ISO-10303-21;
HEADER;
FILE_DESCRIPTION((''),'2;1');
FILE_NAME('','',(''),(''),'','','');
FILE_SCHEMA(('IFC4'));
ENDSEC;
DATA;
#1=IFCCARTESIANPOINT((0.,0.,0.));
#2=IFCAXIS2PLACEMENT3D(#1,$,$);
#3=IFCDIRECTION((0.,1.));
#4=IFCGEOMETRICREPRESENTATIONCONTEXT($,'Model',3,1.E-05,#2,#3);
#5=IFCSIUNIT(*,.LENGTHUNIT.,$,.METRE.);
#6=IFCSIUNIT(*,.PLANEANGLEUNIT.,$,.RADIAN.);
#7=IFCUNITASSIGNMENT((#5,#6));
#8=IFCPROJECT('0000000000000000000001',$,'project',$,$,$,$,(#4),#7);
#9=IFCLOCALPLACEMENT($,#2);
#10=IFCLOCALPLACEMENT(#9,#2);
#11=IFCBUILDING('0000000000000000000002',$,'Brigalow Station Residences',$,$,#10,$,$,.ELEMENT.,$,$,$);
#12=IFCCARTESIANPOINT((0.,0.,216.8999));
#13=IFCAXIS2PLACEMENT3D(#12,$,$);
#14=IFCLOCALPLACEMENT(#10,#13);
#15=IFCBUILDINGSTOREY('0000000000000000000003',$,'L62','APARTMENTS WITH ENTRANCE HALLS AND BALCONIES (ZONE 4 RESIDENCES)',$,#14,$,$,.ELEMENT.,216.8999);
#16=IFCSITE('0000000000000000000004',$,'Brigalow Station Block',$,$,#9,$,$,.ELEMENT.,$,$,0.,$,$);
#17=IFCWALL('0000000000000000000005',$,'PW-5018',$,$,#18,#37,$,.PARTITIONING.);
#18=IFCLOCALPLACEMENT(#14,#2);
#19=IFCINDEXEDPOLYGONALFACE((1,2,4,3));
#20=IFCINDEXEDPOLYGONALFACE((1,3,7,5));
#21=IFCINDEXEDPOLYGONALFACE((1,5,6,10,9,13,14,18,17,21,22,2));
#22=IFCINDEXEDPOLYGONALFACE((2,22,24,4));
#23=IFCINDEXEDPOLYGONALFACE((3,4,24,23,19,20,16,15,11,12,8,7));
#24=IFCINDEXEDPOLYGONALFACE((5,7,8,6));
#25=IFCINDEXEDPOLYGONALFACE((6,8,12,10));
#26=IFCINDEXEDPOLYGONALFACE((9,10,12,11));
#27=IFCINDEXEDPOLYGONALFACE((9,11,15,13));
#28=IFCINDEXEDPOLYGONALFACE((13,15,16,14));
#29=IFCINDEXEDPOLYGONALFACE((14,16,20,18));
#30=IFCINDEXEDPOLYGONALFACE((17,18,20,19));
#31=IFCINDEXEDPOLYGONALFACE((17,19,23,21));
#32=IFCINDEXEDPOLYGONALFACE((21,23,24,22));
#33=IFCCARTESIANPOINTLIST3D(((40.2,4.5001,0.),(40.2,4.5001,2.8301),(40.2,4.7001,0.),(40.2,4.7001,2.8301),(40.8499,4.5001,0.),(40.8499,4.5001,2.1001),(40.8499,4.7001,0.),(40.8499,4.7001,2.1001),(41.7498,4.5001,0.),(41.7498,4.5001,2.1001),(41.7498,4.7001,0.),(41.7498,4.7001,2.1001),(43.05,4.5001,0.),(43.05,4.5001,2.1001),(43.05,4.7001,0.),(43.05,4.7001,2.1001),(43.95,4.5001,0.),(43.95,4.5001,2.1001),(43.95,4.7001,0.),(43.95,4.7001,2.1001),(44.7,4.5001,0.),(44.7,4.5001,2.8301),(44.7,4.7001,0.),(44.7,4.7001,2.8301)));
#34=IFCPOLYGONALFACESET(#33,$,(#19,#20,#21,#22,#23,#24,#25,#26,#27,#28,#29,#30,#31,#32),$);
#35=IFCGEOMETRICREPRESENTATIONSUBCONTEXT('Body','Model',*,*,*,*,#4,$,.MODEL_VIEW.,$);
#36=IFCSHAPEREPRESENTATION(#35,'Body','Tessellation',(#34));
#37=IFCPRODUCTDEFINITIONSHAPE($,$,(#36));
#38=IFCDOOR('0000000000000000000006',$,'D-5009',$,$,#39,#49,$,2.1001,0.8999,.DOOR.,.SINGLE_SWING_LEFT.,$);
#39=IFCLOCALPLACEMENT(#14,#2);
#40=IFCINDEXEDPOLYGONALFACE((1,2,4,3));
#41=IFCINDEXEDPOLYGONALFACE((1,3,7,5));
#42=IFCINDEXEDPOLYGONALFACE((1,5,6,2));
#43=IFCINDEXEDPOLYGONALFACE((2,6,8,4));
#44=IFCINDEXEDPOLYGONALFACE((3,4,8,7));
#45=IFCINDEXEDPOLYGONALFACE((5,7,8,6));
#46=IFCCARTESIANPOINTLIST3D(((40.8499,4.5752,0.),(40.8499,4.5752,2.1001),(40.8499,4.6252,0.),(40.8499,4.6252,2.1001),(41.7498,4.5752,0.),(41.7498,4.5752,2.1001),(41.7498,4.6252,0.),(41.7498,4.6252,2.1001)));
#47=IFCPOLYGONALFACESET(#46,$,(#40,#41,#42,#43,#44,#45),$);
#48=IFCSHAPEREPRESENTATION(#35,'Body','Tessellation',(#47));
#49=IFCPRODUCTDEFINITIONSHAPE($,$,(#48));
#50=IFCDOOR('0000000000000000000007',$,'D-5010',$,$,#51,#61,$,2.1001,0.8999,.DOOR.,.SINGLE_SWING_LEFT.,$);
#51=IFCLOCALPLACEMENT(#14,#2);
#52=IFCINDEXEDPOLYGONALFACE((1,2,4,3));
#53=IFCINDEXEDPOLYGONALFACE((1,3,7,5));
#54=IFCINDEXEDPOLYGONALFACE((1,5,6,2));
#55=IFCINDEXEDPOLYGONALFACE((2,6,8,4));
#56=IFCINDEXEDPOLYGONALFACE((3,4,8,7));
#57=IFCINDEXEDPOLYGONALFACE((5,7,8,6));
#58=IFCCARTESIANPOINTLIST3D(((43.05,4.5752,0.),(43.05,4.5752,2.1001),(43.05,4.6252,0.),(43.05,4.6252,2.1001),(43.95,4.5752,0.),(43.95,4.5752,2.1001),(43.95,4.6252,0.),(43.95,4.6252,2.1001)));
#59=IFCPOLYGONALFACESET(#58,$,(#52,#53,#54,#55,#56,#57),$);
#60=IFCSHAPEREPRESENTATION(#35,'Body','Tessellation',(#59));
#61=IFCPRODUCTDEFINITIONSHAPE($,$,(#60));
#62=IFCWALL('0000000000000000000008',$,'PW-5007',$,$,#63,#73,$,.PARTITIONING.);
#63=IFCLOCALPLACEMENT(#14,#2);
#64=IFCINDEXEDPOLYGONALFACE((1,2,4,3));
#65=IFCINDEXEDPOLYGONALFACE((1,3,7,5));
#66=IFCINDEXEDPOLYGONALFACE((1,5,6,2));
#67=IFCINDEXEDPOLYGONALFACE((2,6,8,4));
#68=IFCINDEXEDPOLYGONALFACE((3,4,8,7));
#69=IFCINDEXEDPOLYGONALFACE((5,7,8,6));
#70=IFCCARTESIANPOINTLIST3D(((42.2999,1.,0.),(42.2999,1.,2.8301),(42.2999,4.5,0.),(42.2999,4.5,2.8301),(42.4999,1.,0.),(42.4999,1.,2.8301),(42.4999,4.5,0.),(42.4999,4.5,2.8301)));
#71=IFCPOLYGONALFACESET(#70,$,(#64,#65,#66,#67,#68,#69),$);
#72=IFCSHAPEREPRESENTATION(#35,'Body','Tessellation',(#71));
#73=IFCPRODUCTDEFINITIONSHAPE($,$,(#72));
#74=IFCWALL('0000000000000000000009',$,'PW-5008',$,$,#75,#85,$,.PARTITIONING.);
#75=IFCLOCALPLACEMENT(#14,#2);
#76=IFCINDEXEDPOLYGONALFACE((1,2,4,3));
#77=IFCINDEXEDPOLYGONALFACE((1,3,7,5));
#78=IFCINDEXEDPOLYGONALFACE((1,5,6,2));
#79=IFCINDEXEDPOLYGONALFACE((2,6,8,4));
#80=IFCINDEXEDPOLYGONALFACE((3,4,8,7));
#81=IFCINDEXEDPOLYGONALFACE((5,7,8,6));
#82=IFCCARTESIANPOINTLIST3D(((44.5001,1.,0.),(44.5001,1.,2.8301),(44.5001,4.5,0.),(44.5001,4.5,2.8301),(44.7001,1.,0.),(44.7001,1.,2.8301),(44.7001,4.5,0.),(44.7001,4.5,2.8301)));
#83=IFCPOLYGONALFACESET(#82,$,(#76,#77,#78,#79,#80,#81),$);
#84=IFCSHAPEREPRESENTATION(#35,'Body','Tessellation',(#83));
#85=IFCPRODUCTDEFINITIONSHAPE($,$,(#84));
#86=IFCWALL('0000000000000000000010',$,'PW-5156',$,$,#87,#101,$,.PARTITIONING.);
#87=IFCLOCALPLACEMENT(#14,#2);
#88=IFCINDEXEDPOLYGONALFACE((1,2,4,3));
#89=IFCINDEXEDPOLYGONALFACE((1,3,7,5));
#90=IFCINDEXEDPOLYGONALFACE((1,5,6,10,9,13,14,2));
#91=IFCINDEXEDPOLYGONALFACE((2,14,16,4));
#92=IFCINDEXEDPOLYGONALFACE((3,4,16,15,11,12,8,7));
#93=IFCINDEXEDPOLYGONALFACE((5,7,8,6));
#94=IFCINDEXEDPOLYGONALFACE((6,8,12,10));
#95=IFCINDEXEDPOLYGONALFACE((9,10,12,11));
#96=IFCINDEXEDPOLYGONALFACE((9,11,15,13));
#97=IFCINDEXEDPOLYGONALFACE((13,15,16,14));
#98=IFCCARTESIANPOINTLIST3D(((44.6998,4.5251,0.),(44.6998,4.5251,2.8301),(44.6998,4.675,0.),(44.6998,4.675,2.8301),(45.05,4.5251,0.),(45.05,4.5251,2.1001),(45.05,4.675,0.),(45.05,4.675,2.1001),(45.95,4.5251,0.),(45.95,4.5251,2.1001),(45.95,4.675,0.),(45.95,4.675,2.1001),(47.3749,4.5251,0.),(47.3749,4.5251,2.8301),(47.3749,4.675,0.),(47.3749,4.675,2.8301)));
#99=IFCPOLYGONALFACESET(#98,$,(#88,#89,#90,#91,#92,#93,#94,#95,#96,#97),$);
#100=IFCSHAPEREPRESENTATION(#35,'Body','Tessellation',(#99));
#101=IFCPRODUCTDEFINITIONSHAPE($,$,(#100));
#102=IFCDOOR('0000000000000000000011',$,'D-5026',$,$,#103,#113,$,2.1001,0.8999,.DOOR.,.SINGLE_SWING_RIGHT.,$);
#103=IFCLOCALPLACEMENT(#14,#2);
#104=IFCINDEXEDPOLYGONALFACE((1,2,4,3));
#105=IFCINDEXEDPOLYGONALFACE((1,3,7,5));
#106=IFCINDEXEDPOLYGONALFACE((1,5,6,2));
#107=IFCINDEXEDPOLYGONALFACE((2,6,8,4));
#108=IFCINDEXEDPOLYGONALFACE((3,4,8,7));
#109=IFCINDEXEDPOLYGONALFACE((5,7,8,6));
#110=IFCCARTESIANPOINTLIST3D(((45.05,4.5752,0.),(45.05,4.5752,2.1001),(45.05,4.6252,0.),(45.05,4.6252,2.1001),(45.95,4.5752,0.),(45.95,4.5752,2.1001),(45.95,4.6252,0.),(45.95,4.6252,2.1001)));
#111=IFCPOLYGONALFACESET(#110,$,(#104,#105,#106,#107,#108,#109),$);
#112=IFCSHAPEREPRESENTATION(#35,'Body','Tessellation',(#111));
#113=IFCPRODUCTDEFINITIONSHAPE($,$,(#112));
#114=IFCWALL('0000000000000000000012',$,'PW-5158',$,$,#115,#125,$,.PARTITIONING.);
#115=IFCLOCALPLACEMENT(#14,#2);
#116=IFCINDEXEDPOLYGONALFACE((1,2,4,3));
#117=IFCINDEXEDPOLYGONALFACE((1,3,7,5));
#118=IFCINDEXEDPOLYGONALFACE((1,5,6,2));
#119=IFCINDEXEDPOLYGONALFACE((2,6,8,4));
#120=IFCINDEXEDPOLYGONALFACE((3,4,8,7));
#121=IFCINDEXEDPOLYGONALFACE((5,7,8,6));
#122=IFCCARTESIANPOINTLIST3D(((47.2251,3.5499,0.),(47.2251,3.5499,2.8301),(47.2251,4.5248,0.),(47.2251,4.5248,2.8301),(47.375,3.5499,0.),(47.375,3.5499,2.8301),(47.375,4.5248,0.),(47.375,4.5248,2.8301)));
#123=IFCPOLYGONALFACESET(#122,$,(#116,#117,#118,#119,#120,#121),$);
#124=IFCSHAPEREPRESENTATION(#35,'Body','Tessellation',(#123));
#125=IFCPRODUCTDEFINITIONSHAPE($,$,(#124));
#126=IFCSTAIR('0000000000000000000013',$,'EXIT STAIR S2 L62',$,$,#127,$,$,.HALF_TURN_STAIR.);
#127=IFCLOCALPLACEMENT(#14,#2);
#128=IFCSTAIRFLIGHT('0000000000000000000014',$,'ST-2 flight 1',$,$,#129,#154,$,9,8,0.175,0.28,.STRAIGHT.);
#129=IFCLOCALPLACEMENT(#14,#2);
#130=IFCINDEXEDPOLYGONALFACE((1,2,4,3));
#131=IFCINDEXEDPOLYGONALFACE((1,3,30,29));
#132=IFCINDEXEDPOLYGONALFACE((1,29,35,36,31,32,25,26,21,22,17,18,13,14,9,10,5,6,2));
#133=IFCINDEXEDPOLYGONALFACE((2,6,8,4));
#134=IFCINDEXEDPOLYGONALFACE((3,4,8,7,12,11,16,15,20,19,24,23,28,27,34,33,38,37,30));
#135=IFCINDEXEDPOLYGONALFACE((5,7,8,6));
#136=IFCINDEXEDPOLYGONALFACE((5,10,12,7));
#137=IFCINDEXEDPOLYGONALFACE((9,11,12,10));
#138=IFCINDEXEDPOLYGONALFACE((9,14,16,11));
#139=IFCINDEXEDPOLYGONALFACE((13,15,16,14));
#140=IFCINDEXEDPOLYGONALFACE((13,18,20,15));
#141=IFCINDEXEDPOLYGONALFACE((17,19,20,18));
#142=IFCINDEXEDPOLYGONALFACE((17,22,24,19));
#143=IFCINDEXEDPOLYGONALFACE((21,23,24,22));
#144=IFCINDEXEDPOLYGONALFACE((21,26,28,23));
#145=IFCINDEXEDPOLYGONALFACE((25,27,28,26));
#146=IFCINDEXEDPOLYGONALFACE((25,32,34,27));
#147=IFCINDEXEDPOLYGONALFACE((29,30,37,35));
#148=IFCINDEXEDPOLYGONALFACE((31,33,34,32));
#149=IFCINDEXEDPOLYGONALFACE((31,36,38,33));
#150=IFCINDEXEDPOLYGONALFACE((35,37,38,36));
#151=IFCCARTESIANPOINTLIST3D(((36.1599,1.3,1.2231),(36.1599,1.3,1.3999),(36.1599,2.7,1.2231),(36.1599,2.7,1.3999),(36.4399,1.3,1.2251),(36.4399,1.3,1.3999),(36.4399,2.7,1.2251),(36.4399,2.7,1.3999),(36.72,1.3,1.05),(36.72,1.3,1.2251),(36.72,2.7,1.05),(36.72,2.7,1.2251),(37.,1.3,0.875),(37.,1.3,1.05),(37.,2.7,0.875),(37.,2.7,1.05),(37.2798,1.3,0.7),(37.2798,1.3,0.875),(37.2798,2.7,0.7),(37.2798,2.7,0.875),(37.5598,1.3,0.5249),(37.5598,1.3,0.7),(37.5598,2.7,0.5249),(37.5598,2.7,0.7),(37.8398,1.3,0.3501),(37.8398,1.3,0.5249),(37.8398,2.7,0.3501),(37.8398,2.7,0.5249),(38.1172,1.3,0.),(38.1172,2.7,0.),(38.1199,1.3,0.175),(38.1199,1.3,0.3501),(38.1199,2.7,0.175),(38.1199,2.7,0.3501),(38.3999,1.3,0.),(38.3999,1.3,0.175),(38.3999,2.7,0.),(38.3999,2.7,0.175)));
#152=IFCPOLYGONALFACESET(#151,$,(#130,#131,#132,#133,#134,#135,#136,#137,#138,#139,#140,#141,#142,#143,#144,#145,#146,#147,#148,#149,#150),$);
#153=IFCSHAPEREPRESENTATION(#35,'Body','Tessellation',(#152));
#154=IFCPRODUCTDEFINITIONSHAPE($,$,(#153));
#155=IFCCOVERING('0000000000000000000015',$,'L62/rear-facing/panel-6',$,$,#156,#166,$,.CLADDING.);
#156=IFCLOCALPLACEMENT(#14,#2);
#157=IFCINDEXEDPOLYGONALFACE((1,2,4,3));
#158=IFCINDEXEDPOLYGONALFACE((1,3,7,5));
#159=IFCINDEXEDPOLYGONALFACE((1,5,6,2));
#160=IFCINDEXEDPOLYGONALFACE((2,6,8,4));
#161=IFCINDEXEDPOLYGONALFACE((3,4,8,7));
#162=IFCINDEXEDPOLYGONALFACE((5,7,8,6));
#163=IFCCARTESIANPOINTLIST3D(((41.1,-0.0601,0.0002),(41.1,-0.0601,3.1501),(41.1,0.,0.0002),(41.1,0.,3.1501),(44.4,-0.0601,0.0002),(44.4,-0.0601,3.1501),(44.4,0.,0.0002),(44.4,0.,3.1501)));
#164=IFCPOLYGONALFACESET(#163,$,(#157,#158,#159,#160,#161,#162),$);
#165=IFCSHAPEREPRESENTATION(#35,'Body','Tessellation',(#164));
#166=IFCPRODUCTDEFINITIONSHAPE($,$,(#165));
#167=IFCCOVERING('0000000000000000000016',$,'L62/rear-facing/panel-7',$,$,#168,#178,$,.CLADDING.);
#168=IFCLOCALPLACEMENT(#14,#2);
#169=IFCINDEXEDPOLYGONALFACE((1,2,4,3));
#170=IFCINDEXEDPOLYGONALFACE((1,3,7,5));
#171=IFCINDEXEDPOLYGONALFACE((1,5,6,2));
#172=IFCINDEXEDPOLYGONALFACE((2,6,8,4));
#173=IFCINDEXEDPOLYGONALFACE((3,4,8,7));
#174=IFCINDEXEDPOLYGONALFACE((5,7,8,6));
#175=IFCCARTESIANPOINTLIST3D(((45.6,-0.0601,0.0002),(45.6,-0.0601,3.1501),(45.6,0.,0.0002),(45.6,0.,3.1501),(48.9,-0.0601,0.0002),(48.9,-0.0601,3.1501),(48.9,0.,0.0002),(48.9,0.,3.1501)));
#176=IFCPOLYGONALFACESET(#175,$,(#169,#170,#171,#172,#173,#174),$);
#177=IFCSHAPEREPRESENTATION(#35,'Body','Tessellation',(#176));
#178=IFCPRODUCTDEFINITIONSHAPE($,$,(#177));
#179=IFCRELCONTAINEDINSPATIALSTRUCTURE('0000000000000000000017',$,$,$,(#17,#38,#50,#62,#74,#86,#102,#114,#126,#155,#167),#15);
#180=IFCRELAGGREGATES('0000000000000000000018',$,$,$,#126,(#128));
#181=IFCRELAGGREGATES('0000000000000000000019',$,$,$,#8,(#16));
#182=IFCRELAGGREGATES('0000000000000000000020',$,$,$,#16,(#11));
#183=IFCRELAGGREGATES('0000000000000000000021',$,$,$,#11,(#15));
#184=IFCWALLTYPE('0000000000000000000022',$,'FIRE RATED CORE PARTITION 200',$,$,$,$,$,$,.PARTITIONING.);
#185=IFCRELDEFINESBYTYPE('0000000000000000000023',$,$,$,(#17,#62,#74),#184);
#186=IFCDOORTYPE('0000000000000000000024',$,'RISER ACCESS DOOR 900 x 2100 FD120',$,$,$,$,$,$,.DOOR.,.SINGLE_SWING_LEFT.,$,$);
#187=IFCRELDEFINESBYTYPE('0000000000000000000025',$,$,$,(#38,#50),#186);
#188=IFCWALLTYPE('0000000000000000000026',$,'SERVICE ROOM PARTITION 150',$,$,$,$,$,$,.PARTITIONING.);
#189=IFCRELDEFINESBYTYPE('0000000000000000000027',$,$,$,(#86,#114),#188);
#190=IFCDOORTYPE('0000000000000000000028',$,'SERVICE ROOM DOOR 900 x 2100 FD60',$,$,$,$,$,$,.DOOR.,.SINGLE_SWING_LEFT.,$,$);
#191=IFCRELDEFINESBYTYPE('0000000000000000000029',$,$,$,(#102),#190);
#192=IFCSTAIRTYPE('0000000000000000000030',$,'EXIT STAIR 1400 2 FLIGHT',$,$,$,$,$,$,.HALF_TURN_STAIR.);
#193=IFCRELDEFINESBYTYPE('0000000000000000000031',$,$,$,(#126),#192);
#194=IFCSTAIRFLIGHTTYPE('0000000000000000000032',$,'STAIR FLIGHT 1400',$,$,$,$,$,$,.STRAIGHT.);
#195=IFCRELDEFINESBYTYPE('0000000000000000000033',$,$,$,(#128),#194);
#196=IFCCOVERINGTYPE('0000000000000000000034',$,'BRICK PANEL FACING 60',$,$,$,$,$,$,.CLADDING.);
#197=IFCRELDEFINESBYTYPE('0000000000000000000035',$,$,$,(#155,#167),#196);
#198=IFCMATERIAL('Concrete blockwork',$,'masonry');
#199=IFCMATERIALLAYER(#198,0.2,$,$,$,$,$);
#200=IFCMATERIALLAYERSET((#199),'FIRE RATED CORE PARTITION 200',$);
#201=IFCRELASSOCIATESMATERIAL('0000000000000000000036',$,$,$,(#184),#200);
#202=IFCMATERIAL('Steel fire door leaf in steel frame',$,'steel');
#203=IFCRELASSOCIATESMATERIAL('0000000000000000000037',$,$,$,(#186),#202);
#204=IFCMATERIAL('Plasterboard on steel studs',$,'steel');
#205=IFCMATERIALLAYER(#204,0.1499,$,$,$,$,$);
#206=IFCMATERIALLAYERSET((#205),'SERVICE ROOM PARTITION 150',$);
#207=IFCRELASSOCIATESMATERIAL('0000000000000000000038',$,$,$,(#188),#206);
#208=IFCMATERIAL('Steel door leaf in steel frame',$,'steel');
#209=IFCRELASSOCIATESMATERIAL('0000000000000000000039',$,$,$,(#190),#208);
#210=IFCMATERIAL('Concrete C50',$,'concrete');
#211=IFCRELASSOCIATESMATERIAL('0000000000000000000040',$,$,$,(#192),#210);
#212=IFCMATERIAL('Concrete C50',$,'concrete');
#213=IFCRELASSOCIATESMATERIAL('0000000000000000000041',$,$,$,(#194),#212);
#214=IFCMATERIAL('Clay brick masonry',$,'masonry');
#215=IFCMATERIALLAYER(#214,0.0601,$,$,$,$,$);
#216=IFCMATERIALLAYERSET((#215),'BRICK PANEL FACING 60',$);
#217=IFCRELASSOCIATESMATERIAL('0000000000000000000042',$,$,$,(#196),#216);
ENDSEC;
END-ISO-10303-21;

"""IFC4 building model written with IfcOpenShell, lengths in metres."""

from ifc_helpers import new_model, si_unit, direction, frame, frame_2d, origin, origin_2d, place, context, subcontext, project, spatial, polyline, rectangle, outline, extrude, material, layer, layer_set, type_object, element, fill, aggregate, save


model = new_model("IFC4")

# Units and contexts
model_context = context("Model", 3, precision=1e-05, world=origin(), true_north=direction((0.0, 1.0)))
body_context = subcontext(model_context, "Body", "Model", "MODEL_VIEW")
ifc_project = project(units=[si_unit("LENGTHUNIT", "METRE"), si_unit("PLANEANGLEUNIT", "RADIAN")], contexts=[model_context])

# Site, building, storey
site_placement = place(None, origin())
site = spatial("IfcSite", under=ifc_project, at=site_placement, Name="Brigalow Station Block", CompositionType="ELEMENT", RefElevation=0.0)
building_placement = place(site_placement, origin())
building = spatial("IfcBuilding", under=site, at=building_placement, Name="Brigalow Station Residences", CompositionType="ELEMENT")
storey_placement = place(building_placement, frame((0.0, 0.0, 216.8999)))
storey = spatial("IfcBuildingStorey", under=building, at=storey_placement, Name="L62", Description="APARTMENTS WITH ENTRANCE HALLS AND BALCONIES (ZONE 4 RESIDENCES)", CompositionType="ELEMENT", Elevation=216.8999)

# Wall, openings, doors
ifc_material_1 = material(Name="Concrete blockwork", Category="masonry")
ifc_layer_1 = layer(ifc_material_1, 0.2)
ifc_layer_set_1 = layer_set([ifc_layer_1], Name="FIRE RATED CORE PARTITION 200")
wall_type_1 = type_object("IfcWallType", Name="FIRE RATED CORE PARTITION 200", PredefinedType="PARTITIONING", material=ifc_layer_set_1)
wall_1_placement = place(storey_placement, frame((40.2, 4.6001, 0.0), z_axis=(0.0, 0.0, 1.0), x_axis=(1.0, 0.0, 0.0)))
wall_1 = element("IfcWall", 1, at=wall_1_placement, inside=storey, type_object=wall_type_1, Name="PW-5018", PredefinedType="PARTITIONING", context=body_context, shape_type="SweptSolid", body=[
    extrude(rectangle(XDim=4.5, YDim=0.2, at=frame_2d((2.25, 0.0))), origin(), (0.0, 0.0, 1.0), 2.8301),
])
opening_1_placement = place(wall_1_placement, frame((0.6499, 0.0, 0.0)))
opening_1 = element("IfcOpeningElement", 2, at=opening_1_placement, cuts=wall_1, PredefinedType="OPENING", context=body_context, shape_type="SweptSolid", body=[
    extrude(rectangle(XDim=0.8999, YDim=2.1001, at=frame_2d((0.45, 1.05))), frame((0.0, 0.1099, 0.0), z_axis=(0.0, -1.0, 0.0), x_axis=(1.0, 0.0, 0.0)), (0.0, 0.0, 1.0), 0.22),
])
opening_2_placement = place(wall_1_placement, frame((2.8501, 0.0, 0.0)))
opening_2 = element("IfcOpeningElement", 3, at=opening_2_placement, cuts=wall_1, PredefinedType="OPENING", context=body_context, shape_type="SweptSolid", body=[
    extrude(rectangle(XDim=0.8999, YDim=2.1001, at=frame_2d((0.45, 1.05))), frame((0.0, 0.1099, 0.0), z_axis=(0.0, -1.0, 0.0), x_axis=(1.0, 0.0, 0.0)), (0.0, 0.0, 1.0), 0.22),
])
ifc_material_2 = material(Name="Steel fire door leaf in steel frame", Category="steel")
door_type_1 = type_object("IfcDoorType", Name="RISER ACCESS DOOR 900 x 2100 FD120", OperationType="SINGLE_SWING_LEFT", PredefinedType="DOOR", material=ifc_material_2)
door_1_placement = place(opening_1_placement, frame((0.8999, 0.0, 0.0), z_axis=(0.0, 0.0, 1.0), x_axis=(-1.0, 0.0, 0.0)))
door_1 = element("IfcDoor", 4, at=door_1_placement, inside=storey, type_object=door_type_1, Name="D-5009", OperationType="SINGLE_SWING_LEFT", OverallHeight=2.1001, OverallWidth=0.8999, PredefinedType="DOOR", context=body_context, shape_type="SweptSolid", body=[
    extrude(rectangle(XDim=0.8999, YDim=2.1001, at=frame_2d((0.45, 1.05))), frame((0.0, 0.0249, 0.0), z_axis=(0.0, -1.0, 0.0), x_axis=(1.0, 0.0, 0.0)), (0.0, 0.0, 1.0), 0.05),
])
fill(opening_1, door_1)
door_2_placement = place(opening_2_placement, frame((0.8999, 0.0, 0.0), z_axis=(0.0, 0.0, 1.0), x_axis=(-1.0, 0.0, 0.0)))
door_2 = element("IfcDoor", 5, at=door_2_placement, inside=storey, type_object=door_type_1, Name="D-5010", OperationType="SINGLE_SWING_LEFT", OverallHeight=2.1001, OverallWidth=0.8999, PredefinedType="DOOR", context=body_context, shape_type="SweptSolid", body=[
    extrude(rectangle(XDim=0.8999, YDim=2.1001, at=frame_2d((0.45, 1.05))), frame((0.0, 0.0249, 0.0), z_axis=(0.0, -1.0, 0.0), x_axis=(1.0, 0.0, 0.0)), (0.0, 0.0, 1.0), 0.05),
])
fill(opening_2, door_2)

# Walls
for number, where, z_axis, x_axis, name in (
    (6, (42.3999, 1.0, 0.0), (0.0, 0.0, 1.0), (0.0, 1.0, 0.0), "PW-5007"),
    (7, (44.6001, 1.0, 0.0), (0.0, 0.0, 1.0), (0.0, 1.0, 0.0), "PW-5008"),
):
    element("IfcWall", number, at=place(storey_placement, frame(where, z_axis=z_axis, x_axis=x_axis)), inside=storey, type_object=wall_type_1, Name=name, PredefinedType="PARTITIONING", context=body_context, shape_type="SweptSolid", body=[
        extrude(rectangle(XDim=3.5, YDim=0.2, at=frame_2d((1.75, 0.0))), origin(), (0.0, 0.0, 1.0), 2.8301),
    ])

# Wall, opening, door
ifc_material_3 = material(Name="Plasterboard on steel studs", Category="steel")
ifc_layer_2 = layer(ifc_material_3, 0.1499)
ifc_layer_set_2 = layer_set([ifc_layer_2], Name="SERVICE ROOM PARTITION 150")
wall_type_2 = type_object("IfcWallType", Name="SERVICE ROOM PARTITION 150", PredefinedType="PARTITIONING", material=ifc_layer_set_2)
wall_2_placement = place(storey_placement, frame((44.7, 4.6001, 0.0), z_axis=(0.0, 0.0, 1.0), x_axis=(1.0, 0.0, 0.0)))
wall_2 = element("IfcWall", 8, at=wall_2_placement, inside=storey, type_object=wall_type_2, Name="PW-5156", PredefinedType="PARTITIONING", context=body_context, shape_type="SweptSolid", body=[
    extrude(rectangle(XDim=2.675, YDim=0.1499, at=frame_2d((1.3374, 0.0))), origin(), (0.0, 0.0, 1.0), 2.8301),
])
opening_3_placement = place(wall_2_placement, frame((0.3501, 0.0, 0.0)))
opening_3 = element("IfcOpeningElement", 9, at=opening_3_placement, cuts=wall_2, PredefinedType="OPENING", context=body_context, shape_type="SweptSolid", body=[
    extrude(rectangle(XDim=0.8999, YDim=2.1001, at=frame_2d((0.45, 1.05))), frame((0.0, 0.085, 0.0), z_axis=(0.0, -1.0, 0.0), x_axis=(1.0, 0.0, 0.0)), (0.0, 0.0, 1.0), 0.1699),
])
ifc_material_4 = material(Name="Steel door leaf in steel frame", Category="steel")
door_type_2 = type_object("IfcDoorType", Name="SERVICE ROOM DOOR 900 x 2100 FD60", OperationType="SINGLE_SWING_LEFT", PredefinedType="DOOR", material=ifc_material_4)
door_3_placement = place(opening_3_placement, frame((0.8999, 0.0, 0.0), z_axis=(0.0, 0.0, 1.0), x_axis=(-1.0, 0.0, 0.0)))
door_3 = element("IfcDoor", 10, at=door_3_placement, inside=storey, type_object=door_type_2, Name="D-5026", OperationType="SINGLE_SWING_RIGHT", OverallHeight=2.1001, OverallWidth=0.8999, PredefinedType="DOOR", context=body_context, shape_type="SweptSolid", body=[
    extrude(rectangle(XDim=0.8999, YDim=2.1001, at=frame_2d((0.45, 1.05))), frame((0.0, 0.0249, 0.0), z_axis=(0.0, -1.0, 0.0), x_axis=(1.0, 0.0, 0.0)), (0.0, 0.0, 1.0), 0.05),
])
fill(opening_3, door_3)

# Wall
wall_3_placement = place(storey_placement, frame((47.3, 3.55, 0.0), z_axis=(0.0, 0.0, 1.0), x_axis=(0.0, 1.0, 0.0)))
element("IfcWall", 11, at=wall_3_placement, inside=storey, type_object=wall_type_2, Name="PW-5158", PredefinedType="PARTITIONING", context=body_context, shape_type="SweptSolid", body=[
    extrude(rectangle(XDim=0.9749, YDim=0.1499, at=frame_2d((0.4873, 0.0))), origin(), (0.0, 0.0, 1.0), 2.8301),
])

# Stair, stair flight
ifc_material_5 = material(Name="Concrete C50", Category="concrete")
stair_type = type_object("IfcStairType", Name="EXIT STAIR 1400 2 FLIGHT", PredefinedType="HALF_TURN_STAIR", material=ifc_material_5)
stair_placement = place(storey_placement, origin())
stair = element("IfcStair", 12, at=stair_placement, inside=storey, type_object=stair_type, Name="EXIT STAIR S2 L62", PredefinedType="HALF_TURN_STAIR")
ifc_material_6 = material(Name="Concrete C50", Category="concrete")
stair_flight_type = type_object("IfcStairFlightType", Name="STAIR FLIGHT 1400", PredefinedType="STRAIGHT", material=ifc_material_6)
stair_flight_placement = place(storey_placement, frame((38.3999, 2.0, 0.0), z_axis=(0.0, 0.0, 1.0), x_axis=(-1.0, 0.0, 0.0)))
stair_flight = element("IfcStairFlight", 13, at=stair_flight_placement, type_object=stair_flight_type, Name="ST-2 flight 1", NumberOfRisers=9, NumberOfTreads=8, PredefinedType="STRAIGHT", RiserHeight=0.175, TreadLength=0.28, context=body_context, shape_type="SweptSolid", body=[
    extrude(outline(polyline([(0.0, 0.0), (0.0, 0.175), (0.28, 0.175), (0.28, 0.3501), (0.5601, 0.3501), (0.5601, 0.5249), (0.8401, 0.5249), (0.8401, 0.7), (1.1201, 0.7), (1.1201, 0.875), (1.3999, 0.875), (1.3999, 1.05), (1.6799, 1.05), (1.6799, 1.2251), (1.96, 1.2251), (1.96, 1.3999), (2.24, 1.3999), (2.24, 1.575), (2.24, 1.2231), (0.2827, 0.0), (0.0, 0.0)])), frame((0.0, 0.7, 0.0), z_axis=(0.0, -1.0, 0.0), x_axis=(1.0, 0.0, 0.0)), (0.0, 0.0, 1.0), 1.3999),
])
aggregate(stair, [stair_flight])

# Coverings
ifc_material_7 = material(Name="Clay brick masonry", Category="masonry")
ifc_layer_3 = layer(ifc_material_7, 0.0601)
ifc_layer_set_3 = layer_set([ifc_layer_3], Name="BRICK PANEL FACING 60")
covering_type_1 = type_object("IfcCoveringType", Name="BRICK PANEL FACING 60", PredefinedType="CLADDING", material=ifc_layer_set_3)
for number, where, z_axis, x_axis, name in (
    (14, (42.75, -0.03, 0.0002), (0.0, 0.0, 1.0), (1.0, 0.0, 0.0), "L62/rear-facing/panel-6"),
    (15, (47.25, -0.03, 0.0002), (0.0, 0.0, 1.0), (1.0, 0.0, 0.0), "L62/rear-facing/panel-7"),
):
    element("IfcCovering", number, at=place(storey_placement, frame(where, z_axis=z_axis, x_axis=x_axis)), inside=storey, type_object=covering_type_1, Name=name, PredefinedType="CLADDING", context=body_context, shape_type="SweptSolid", body=[
        extrude(rectangle(XDim=3.3, YDim=0.0601, at=origin_2d()), origin(), (0.0, 0.0, 1.0), 3.1499),
    ])

save(model, "model.ifc")
